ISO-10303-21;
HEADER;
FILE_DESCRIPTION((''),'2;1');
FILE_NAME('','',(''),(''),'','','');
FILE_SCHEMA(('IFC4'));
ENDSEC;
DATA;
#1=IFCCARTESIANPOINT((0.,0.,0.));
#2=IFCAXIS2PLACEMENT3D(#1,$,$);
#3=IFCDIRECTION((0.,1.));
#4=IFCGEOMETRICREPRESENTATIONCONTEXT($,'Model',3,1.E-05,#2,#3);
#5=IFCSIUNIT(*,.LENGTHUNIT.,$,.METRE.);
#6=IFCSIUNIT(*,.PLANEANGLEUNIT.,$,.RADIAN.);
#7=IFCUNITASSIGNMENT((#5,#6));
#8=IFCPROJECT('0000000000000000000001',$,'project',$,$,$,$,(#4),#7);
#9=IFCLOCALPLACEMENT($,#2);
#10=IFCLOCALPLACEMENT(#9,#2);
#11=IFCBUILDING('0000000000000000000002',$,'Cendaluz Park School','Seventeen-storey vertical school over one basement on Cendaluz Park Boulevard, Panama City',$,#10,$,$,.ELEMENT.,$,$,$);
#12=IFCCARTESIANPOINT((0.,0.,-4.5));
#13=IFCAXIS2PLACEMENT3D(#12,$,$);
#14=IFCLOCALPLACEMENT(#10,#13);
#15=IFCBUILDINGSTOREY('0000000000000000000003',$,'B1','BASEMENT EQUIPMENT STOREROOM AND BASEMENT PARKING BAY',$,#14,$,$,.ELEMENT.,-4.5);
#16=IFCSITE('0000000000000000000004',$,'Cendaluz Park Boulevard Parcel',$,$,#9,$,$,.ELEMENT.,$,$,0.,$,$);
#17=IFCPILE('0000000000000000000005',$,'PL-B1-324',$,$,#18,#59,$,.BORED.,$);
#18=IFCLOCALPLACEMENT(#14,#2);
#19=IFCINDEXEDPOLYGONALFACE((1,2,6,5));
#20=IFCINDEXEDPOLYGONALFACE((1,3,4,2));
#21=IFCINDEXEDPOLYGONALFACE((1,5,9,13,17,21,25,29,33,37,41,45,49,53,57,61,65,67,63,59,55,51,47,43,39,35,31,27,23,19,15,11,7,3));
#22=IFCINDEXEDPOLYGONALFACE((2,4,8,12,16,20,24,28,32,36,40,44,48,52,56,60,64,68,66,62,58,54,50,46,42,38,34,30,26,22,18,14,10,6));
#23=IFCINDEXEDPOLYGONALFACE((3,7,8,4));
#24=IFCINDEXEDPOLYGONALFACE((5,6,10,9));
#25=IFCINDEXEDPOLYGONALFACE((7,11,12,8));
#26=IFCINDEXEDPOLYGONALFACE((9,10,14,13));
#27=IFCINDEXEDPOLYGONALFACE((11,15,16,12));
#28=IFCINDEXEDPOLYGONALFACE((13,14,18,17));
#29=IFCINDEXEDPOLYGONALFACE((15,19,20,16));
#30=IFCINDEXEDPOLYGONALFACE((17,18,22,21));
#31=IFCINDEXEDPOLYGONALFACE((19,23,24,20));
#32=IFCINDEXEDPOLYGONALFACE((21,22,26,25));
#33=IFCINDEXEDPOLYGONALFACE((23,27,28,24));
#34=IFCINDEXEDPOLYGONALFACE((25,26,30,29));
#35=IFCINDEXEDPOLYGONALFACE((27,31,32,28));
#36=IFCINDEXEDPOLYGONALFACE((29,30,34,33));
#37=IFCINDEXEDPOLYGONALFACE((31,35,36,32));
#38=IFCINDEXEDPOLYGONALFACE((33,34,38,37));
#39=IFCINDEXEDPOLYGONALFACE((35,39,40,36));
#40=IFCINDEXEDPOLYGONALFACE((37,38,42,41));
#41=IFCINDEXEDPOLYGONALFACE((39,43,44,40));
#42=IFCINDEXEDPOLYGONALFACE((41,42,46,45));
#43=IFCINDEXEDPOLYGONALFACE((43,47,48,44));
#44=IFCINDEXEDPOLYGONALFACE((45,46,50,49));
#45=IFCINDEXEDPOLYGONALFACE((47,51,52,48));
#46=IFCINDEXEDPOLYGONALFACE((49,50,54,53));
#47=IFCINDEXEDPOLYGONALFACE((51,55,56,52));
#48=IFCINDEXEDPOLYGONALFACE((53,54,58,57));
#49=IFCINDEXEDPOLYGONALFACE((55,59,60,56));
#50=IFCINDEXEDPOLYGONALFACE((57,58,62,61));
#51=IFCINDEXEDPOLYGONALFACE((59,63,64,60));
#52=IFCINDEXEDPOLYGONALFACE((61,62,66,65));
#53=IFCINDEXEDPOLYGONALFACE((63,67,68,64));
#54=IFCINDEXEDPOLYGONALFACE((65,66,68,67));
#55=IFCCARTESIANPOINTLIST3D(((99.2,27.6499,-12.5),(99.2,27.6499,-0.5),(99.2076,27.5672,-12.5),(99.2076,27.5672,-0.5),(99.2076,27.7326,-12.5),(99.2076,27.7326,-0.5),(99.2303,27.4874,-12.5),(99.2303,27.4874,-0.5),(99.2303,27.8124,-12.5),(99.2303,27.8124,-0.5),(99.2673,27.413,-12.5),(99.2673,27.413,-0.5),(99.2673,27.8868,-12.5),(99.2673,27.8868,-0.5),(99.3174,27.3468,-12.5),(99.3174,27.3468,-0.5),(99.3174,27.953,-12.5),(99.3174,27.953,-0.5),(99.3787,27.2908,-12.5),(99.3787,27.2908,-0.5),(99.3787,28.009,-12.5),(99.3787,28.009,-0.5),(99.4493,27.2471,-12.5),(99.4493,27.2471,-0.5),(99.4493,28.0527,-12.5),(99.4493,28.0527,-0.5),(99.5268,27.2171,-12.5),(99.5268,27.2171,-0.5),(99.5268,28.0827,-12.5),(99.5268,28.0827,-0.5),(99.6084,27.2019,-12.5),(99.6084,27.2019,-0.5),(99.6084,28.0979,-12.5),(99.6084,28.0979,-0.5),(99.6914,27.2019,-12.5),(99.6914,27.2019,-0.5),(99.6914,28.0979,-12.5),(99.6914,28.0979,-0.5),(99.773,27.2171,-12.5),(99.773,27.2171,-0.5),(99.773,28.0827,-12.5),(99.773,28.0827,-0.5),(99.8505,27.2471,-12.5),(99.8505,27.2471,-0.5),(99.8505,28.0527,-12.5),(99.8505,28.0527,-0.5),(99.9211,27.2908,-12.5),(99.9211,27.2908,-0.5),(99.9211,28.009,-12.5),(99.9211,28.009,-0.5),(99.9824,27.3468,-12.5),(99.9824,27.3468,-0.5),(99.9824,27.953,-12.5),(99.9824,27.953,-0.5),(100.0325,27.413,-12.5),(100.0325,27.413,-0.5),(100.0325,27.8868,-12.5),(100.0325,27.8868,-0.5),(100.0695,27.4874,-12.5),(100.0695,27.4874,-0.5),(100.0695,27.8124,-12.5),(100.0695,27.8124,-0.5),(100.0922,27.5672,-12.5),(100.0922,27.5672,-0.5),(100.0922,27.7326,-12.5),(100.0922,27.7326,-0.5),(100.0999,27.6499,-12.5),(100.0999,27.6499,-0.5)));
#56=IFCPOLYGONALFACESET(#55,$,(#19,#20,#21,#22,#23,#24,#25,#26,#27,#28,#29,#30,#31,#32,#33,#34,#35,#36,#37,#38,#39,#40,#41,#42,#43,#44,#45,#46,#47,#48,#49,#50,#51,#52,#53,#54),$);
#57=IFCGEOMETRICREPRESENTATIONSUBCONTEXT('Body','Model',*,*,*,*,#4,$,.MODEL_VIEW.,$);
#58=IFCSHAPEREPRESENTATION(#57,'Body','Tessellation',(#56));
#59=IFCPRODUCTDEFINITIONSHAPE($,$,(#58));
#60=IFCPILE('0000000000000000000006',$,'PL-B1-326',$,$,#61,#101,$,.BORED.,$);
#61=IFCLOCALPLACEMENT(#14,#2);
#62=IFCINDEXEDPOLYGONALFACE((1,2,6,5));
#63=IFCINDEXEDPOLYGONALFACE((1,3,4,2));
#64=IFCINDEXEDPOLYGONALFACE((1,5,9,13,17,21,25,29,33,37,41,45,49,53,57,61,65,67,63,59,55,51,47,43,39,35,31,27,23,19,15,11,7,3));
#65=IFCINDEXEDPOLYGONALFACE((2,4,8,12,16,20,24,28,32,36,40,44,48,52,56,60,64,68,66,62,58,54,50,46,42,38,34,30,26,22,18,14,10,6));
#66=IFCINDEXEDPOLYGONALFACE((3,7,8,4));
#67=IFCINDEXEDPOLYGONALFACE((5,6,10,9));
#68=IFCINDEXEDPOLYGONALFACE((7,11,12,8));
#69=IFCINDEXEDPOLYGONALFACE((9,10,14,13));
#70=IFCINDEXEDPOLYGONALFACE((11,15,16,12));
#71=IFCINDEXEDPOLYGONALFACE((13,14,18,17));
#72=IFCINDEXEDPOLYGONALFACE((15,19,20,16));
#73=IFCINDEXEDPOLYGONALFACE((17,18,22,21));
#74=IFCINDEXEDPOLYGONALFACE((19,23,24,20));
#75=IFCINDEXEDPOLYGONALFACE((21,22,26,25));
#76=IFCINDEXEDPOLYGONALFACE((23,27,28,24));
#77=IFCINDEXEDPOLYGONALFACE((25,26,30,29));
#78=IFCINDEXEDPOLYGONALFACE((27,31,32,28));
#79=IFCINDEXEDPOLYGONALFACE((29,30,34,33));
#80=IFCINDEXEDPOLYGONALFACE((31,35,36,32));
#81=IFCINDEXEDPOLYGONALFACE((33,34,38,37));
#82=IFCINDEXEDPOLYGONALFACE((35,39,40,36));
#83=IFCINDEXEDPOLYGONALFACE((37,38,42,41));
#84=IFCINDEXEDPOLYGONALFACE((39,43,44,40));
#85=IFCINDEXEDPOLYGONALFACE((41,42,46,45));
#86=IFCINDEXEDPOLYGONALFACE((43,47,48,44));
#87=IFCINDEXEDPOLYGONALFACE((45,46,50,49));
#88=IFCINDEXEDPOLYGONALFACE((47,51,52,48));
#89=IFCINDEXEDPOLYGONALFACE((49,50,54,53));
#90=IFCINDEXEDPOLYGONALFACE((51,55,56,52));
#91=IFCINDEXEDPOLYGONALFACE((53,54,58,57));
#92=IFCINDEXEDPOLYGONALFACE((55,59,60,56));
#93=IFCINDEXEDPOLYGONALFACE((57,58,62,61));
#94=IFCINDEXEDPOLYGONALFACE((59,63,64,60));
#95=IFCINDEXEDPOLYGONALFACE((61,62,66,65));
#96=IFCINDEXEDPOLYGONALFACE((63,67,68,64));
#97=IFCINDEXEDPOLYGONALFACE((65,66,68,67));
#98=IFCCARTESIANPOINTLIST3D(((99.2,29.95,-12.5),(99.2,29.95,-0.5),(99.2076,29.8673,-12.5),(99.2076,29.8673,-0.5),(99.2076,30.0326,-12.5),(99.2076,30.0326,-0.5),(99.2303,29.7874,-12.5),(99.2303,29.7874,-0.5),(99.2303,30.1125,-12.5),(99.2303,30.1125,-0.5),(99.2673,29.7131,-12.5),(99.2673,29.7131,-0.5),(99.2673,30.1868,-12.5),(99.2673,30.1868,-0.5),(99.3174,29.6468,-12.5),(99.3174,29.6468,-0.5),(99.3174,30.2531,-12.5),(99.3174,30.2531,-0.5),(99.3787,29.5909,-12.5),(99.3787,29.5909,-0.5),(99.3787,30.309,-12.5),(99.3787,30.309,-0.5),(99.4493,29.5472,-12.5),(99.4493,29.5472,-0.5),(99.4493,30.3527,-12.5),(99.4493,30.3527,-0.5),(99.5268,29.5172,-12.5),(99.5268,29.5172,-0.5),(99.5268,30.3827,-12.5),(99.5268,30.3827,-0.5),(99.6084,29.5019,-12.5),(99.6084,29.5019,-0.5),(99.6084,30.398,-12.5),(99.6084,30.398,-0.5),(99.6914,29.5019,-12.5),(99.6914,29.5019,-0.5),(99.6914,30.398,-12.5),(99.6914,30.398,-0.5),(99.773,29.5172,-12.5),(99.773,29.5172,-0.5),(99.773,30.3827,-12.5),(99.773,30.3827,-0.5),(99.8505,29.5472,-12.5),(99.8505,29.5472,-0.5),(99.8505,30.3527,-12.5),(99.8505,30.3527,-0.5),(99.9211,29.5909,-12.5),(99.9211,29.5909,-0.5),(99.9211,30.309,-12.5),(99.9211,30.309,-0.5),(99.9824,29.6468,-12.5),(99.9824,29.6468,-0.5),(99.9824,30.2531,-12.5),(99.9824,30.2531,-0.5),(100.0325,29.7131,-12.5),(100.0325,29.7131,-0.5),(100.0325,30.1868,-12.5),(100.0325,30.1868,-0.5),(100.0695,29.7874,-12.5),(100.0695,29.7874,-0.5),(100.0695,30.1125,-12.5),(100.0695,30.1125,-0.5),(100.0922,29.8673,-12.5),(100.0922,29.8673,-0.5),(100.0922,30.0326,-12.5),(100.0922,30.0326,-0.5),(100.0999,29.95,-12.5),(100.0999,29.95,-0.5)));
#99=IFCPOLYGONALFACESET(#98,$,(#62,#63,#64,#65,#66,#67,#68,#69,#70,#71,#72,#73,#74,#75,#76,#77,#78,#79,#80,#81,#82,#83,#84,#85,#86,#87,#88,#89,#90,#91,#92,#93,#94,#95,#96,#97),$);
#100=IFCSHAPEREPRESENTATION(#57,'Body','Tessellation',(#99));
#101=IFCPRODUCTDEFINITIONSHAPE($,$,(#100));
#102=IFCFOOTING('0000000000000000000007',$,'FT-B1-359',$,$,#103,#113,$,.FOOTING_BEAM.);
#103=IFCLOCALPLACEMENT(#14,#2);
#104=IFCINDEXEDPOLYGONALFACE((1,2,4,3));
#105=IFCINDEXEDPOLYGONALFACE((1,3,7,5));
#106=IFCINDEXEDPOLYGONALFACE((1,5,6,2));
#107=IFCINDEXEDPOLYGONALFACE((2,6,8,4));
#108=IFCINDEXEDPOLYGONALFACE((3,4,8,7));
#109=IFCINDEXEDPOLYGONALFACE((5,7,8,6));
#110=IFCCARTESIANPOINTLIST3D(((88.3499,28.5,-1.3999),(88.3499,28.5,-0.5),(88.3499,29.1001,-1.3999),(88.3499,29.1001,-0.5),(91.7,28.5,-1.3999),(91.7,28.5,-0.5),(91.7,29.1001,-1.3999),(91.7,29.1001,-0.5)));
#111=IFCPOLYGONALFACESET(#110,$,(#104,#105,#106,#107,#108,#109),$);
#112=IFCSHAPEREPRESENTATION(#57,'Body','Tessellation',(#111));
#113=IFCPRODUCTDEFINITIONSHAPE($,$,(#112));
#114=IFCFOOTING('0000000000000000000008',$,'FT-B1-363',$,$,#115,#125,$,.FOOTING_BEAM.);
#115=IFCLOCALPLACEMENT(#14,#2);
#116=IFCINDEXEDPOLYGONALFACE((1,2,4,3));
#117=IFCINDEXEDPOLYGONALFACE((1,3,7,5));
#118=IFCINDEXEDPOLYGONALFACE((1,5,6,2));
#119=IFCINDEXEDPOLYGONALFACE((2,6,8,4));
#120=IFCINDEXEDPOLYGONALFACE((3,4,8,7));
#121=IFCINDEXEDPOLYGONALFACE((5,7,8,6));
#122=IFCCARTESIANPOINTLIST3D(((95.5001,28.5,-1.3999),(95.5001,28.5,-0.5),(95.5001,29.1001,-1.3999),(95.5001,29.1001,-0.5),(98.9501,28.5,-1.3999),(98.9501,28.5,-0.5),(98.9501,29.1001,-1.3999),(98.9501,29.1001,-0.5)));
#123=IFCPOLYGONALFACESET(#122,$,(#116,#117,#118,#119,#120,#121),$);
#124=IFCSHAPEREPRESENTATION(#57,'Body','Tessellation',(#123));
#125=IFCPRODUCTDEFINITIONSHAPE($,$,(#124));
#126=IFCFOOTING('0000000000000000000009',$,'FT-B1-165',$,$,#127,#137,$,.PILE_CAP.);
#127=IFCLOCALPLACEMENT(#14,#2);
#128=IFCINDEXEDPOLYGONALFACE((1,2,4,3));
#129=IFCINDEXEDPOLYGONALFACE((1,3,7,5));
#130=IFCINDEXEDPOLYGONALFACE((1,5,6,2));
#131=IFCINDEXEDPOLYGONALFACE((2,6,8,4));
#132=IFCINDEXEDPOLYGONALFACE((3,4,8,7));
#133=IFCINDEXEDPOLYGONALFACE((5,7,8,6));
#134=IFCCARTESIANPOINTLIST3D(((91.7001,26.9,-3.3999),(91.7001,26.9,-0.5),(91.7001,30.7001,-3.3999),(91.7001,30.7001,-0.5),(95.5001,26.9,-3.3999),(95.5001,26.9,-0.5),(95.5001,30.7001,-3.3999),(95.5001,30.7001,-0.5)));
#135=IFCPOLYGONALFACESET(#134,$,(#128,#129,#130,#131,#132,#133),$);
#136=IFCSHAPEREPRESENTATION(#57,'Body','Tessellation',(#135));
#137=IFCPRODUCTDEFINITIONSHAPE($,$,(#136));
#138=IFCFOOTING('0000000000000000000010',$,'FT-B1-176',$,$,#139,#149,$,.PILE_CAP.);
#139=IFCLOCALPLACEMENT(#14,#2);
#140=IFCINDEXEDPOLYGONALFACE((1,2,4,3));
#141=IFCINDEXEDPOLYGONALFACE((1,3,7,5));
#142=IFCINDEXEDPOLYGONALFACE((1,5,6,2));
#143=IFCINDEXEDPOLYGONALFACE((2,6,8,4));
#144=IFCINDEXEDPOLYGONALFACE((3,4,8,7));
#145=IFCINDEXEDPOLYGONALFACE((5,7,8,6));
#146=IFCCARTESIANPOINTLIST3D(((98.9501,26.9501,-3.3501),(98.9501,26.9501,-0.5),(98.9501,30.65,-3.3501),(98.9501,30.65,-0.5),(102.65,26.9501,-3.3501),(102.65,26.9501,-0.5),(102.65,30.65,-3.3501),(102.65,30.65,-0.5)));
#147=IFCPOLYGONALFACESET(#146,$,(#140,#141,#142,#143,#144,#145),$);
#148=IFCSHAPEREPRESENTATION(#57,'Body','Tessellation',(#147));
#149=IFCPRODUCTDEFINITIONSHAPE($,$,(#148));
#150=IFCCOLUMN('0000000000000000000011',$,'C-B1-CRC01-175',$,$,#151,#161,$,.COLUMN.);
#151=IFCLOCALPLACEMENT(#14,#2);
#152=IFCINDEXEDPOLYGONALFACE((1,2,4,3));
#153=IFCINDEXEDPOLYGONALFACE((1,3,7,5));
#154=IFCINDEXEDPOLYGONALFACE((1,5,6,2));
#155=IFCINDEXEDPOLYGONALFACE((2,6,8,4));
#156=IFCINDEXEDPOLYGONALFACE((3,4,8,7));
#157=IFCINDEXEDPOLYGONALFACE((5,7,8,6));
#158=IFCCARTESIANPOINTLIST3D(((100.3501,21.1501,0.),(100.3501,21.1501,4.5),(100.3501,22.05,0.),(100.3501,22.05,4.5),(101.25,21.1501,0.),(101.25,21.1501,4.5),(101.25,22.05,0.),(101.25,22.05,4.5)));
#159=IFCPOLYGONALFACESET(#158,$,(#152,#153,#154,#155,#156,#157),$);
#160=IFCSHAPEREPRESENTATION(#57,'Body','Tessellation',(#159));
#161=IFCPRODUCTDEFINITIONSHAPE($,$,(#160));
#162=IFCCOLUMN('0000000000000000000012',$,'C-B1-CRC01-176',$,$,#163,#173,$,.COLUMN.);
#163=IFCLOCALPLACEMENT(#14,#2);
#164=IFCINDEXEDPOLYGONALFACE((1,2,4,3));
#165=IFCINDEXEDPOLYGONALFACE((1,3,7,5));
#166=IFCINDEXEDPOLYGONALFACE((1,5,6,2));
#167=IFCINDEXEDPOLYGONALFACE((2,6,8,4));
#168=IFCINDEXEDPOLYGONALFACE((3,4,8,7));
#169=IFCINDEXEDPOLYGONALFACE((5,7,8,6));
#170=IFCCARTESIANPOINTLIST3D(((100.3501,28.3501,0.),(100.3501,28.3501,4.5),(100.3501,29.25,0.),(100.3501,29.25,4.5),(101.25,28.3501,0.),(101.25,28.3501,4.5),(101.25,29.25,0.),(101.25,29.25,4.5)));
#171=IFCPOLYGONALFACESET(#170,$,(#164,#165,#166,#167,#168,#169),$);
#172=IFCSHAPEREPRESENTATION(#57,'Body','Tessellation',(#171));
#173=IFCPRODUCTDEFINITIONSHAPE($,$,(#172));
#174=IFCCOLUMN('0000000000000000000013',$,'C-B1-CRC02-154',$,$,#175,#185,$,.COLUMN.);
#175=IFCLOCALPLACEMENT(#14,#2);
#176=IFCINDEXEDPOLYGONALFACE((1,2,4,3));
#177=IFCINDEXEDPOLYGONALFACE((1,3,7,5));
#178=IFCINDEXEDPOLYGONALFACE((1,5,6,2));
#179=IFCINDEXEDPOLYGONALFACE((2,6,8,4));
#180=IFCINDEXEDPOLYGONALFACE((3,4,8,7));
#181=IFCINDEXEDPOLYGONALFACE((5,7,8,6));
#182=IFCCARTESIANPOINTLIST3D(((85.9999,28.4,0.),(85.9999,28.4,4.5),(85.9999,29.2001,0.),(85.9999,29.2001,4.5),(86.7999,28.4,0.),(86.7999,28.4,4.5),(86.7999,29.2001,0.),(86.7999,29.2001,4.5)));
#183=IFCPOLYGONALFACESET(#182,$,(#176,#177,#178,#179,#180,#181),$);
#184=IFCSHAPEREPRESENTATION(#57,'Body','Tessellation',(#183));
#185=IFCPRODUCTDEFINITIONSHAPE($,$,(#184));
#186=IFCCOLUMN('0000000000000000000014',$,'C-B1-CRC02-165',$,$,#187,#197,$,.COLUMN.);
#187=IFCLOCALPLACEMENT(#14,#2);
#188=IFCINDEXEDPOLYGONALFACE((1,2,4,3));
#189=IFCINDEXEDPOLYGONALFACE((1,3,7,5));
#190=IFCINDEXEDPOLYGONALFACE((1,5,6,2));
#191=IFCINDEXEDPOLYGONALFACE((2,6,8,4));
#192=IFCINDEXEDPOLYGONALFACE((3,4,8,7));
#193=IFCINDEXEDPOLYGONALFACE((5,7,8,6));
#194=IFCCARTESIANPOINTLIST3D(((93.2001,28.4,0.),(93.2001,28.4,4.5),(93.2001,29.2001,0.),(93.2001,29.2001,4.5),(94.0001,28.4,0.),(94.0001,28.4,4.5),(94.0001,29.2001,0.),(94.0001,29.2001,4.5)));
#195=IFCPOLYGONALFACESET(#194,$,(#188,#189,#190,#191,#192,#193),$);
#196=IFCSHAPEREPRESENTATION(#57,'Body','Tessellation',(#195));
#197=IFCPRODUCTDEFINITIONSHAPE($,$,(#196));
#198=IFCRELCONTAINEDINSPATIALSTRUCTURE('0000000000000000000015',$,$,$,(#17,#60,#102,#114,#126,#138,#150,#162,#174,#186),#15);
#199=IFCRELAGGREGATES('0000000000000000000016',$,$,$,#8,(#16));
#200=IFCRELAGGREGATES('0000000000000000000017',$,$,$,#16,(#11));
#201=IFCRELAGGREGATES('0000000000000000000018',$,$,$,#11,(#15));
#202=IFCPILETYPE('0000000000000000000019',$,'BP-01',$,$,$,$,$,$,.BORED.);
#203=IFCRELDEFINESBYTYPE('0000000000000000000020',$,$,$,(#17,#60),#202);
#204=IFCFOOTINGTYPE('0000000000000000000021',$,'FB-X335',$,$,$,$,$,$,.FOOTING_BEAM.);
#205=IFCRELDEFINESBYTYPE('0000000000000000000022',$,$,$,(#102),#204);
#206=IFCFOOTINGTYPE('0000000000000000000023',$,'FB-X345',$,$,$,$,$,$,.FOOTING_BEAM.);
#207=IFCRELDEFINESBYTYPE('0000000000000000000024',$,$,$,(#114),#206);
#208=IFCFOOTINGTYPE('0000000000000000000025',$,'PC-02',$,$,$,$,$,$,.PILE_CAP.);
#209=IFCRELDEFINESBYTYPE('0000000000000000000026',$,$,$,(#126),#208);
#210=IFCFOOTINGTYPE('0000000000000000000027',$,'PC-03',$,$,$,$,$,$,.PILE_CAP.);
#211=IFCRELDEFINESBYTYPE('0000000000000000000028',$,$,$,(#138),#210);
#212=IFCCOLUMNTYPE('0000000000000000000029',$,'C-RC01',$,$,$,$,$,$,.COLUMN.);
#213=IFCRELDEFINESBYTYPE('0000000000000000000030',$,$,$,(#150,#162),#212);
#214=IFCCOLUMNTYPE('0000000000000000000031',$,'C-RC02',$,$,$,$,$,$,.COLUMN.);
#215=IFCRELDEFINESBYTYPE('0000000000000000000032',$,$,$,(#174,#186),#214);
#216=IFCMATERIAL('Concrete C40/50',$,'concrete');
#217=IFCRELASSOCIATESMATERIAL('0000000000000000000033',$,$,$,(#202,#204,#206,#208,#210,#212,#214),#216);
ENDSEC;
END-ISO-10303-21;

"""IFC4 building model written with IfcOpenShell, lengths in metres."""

from ifc_helpers import new_model, si_unit, direction, frame, origin, origin_2d, place, context, subcontext, project, spatial, rectangle, circle, extrude, material, material_profile, profile_set, type_object, element, save


model = new_model("IFC4")

# Units and contexts
model_context = context("Model", 3, precision=1e-05, world=origin(), true_north=direction((0.0, 1.0)))
body_context = subcontext(model_context, "Body", "Model", "MODEL_VIEW")
ifc_project = project(units=[si_unit("LENGTHUNIT", "METRE"), si_unit("PLANEANGLEUNIT", "RADIAN")], contexts=[model_context])

# Site, building, storey
site_placement = place(None, origin())
site = spatial("IfcSite", under=ifc_project, at=site_placement, Name="Cendaluz Park Boulevard Parcel", CompositionType="ELEMENT", RefElevation=0.0)
building_placement = place(site_placement, origin())
building = spatial("IfcBuilding", under=site, at=building_placement, Name="Cendaluz Park School", Description="Seventeen-storey vertical school over one basement on Cendaluz Park Boulevard, Panama City", CompositionType="ELEMENT")
storey_placement = place(building_placement, frame((0.0, 0.0, -4.5)))
storey = spatial("IfcBuildingStorey", under=building, at=storey_placement, Name="B1", Description="BASEMENT EQUIPMENT STOREROOM AND BASEMENT PARKING BAY", CompositionType="ELEMENT", Elevation=-4.5)

# Piles
ifc_material_1 = material(Name="Concrete C40/50", Category="concrete")
ifc_material_profile_1 = material_profile(ifc_material_1, circle(Radius=0.45, at=origin_2d()), Name="BP D900", Category="concrete")
ifc_profile_set_1 = profile_set([ifc_material_profile_1], Name="Concrete C40/50")
pile_type = type_object("IfcPileType", Name="BP-01", PredefinedType="BORED", material=ifc_profile_set_1)
for number, where, z_axis, x_axis, name in (
    (1, (99.6499, 27.6499, -0.5), (0.0, 0.0, -1.0), (1.0, 0.0, 0.0), "PL-B1-324"),
    (2, (99.6499, 29.95, -0.5), (0.0, 0.0, -1.0), (1.0, 0.0, 0.0), "PL-B1-326"),
):
    element("IfcPile", number, at=place(storey_placement, frame(where, z_axis=z_axis, x_axis=x_axis)), inside=storey, type_object=pile_type, Name=name, PredefinedType="BORED", context=body_context, shape_type="SweptSolid", body=[
        extrude(circle(Radius=0.45, at=origin_2d()), origin(), (0.0, 0.0, 1.0), 12.0),
    ])

# Footings
footing_type_1 = type_object("IfcFootingType", Name="FB-X335", PredefinedType="FOOTING_BEAM", material=ifc_material_1)
footing_1_placement = place(storey_placement, frame((90.0249, 28.8, -1.3999), z_axis=(0.0, 0.0, 1.0), x_axis=(1.0, 0.0, 0.0)))
element("IfcFooting", 3, at=footing_1_placement, inside=storey, type_object=footing_type_1, Name="FT-B1-359", PredefinedType="FOOTING_BEAM", context=body_context, shape_type="SweptSolid", body=[
    extrude(rectangle(XDim=3.3501, YDim=0.6001, at=origin_2d()), origin(), (0.0, 0.0, 1.0), 0.8999),
])
footing_type_2 = type_object("IfcFootingType", Name="FB-X345", PredefinedType="FOOTING_BEAM", material=ifc_material_1)
footing_2_placement = place(storey_placement, frame((97.2251, 28.8, -1.3999), z_axis=(0.0, 0.0, 1.0), x_axis=(1.0, 0.0, 0.0)))
element("IfcFooting", 4, at=footing_2_placement, inside=storey, type_object=footing_type_2, Name="FT-B1-363", PredefinedType="FOOTING_BEAM", context=body_context, shape_type="SweptSolid", body=[
    extrude(rectangle(XDim=3.45, YDim=0.6001, at=origin_2d()), origin(), (0.0, 0.0, 1.0), 0.8999),
])
footing_type_3 = type_object("IfcFootingType", Name="PC-02", PredefinedType="PILE_CAP", material=ifc_material_1)
footing_3_placement = place(storey_placement, frame((93.6001, 28.8, -3.3999), z_axis=(0.0, 0.0, 1.0), x_axis=(1.0, 0.0, 0.0)))
element("IfcFooting", 5, at=footing_3_placement, inside=storey, type_object=footing_type_3, Name="FT-B1-165", PredefinedType="PILE_CAP", context=body_context, shape_type="SweptSolid", body=[
    extrude(rectangle(XDim=3.8, YDim=3.8, at=origin_2d()), origin(), (0.0, 0.0, 1.0), 2.8999),
])
footing_type_4 = type_object("IfcFootingType", Name="PC-03", PredefinedType="PILE_CAP", material=ifc_material_1)
footing_4_placement = place(storey_placement, frame((100.8, 28.8, -3.3501), z_axis=(0.0, 0.0, 1.0), x_axis=(1.0, 0.0, 0.0)))
element("IfcFooting", 6, at=footing_4_placement, inside=storey, type_object=footing_type_4, Name="FT-B1-176", PredefinedType="PILE_CAP", context=body_context, shape_type="SweptSolid", body=[
    extrude(rectangle(XDim=3.7, YDim=3.7, at=origin_2d()), origin(), (0.0, 0.0, 1.0), 2.8501),
])

# Columns
ifc_material_profile_2 = material_profile(ifc_material_1, rectangle(XDim=0.8999, YDim=0.8999, at=origin_2d()), Name="RC 900x900", Category="concrete")
ifc_profile_set_2 = profile_set([ifc_material_profile_2], Name="Concrete C40/50")
column_type_1 = type_object("IfcColumnType", Name="C-RC01", PredefinedType="COLUMN", material=ifc_profile_set_2)
for number, where, z_axis, x_axis, name in (
    (7, (100.8, 21.6001, 0.0), (0.0, 0.0, 1.0), (1.0, 0.0, 0.0), "C-B1-CRC01-175"),
    (8, (100.8, 28.8, 0.0), (0.0, 0.0, 1.0), (1.0, 0.0, 0.0), "C-B1-CRC01-176"),
):
    element("IfcColumn", number, at=place(storey_placement, frame(where, z_axis=z_axis, x_axis=x_axis)), inside=storey, type_object=column_type_1, Name=name, PredefinedType="COLUMN", context=body_context, shape_type="SweptSolid", body=[
        extrude(rectangle(XDim=0.8999, YDim=0.8999, at=origin_2d()), origin(), (0.0, 0.0, 1.0), 4.5),
    ])
ifc_material_profile_3 = material_profile(ifc_material_1, rectangle(XDim=0.8, YDim=0.8, at=origin_2d()), Name="RC 800x800", Category="concrete")
ifc_profile_set_3 = profile_set([ifc_material_profile_3], Name="Concrete C40/50")
column_type_2 = type_object("IfcColumnType", Name="C-RC02", PredefinedType="COLUMN", material=ifc_profile_set_3)
for number, where, z_axis, x_axis, name in (
    (9, (86.3999, 28.8, 0.0), (0.0, 0.0, 1.0), (1.0, 0.0, 0.0), "C-B1-CRC02-154"),
    (10, (93.6001, 28.8, 0.0), (0.0, 0.0, 1.0), (1.0, 0.0, 0.0), "C-B1-CRC02-165"),
):
    element("IfcColumn", number, at=place(storey_placement, frame(where, z_axis=z_axis, x_axis=x_axis)), inside=storey, type_object=column_type_2, Name=name, PredefinedType="COLUMN", context=body_context, shape_type="SweptSolid", body=[
        extrude(rectangle(XDim=0.8, YDim=0.8, at=origin_2d()), origin(), (0.0, 0.0, 1.0), 4.5),
    ])

save(model, "model.ifc")
